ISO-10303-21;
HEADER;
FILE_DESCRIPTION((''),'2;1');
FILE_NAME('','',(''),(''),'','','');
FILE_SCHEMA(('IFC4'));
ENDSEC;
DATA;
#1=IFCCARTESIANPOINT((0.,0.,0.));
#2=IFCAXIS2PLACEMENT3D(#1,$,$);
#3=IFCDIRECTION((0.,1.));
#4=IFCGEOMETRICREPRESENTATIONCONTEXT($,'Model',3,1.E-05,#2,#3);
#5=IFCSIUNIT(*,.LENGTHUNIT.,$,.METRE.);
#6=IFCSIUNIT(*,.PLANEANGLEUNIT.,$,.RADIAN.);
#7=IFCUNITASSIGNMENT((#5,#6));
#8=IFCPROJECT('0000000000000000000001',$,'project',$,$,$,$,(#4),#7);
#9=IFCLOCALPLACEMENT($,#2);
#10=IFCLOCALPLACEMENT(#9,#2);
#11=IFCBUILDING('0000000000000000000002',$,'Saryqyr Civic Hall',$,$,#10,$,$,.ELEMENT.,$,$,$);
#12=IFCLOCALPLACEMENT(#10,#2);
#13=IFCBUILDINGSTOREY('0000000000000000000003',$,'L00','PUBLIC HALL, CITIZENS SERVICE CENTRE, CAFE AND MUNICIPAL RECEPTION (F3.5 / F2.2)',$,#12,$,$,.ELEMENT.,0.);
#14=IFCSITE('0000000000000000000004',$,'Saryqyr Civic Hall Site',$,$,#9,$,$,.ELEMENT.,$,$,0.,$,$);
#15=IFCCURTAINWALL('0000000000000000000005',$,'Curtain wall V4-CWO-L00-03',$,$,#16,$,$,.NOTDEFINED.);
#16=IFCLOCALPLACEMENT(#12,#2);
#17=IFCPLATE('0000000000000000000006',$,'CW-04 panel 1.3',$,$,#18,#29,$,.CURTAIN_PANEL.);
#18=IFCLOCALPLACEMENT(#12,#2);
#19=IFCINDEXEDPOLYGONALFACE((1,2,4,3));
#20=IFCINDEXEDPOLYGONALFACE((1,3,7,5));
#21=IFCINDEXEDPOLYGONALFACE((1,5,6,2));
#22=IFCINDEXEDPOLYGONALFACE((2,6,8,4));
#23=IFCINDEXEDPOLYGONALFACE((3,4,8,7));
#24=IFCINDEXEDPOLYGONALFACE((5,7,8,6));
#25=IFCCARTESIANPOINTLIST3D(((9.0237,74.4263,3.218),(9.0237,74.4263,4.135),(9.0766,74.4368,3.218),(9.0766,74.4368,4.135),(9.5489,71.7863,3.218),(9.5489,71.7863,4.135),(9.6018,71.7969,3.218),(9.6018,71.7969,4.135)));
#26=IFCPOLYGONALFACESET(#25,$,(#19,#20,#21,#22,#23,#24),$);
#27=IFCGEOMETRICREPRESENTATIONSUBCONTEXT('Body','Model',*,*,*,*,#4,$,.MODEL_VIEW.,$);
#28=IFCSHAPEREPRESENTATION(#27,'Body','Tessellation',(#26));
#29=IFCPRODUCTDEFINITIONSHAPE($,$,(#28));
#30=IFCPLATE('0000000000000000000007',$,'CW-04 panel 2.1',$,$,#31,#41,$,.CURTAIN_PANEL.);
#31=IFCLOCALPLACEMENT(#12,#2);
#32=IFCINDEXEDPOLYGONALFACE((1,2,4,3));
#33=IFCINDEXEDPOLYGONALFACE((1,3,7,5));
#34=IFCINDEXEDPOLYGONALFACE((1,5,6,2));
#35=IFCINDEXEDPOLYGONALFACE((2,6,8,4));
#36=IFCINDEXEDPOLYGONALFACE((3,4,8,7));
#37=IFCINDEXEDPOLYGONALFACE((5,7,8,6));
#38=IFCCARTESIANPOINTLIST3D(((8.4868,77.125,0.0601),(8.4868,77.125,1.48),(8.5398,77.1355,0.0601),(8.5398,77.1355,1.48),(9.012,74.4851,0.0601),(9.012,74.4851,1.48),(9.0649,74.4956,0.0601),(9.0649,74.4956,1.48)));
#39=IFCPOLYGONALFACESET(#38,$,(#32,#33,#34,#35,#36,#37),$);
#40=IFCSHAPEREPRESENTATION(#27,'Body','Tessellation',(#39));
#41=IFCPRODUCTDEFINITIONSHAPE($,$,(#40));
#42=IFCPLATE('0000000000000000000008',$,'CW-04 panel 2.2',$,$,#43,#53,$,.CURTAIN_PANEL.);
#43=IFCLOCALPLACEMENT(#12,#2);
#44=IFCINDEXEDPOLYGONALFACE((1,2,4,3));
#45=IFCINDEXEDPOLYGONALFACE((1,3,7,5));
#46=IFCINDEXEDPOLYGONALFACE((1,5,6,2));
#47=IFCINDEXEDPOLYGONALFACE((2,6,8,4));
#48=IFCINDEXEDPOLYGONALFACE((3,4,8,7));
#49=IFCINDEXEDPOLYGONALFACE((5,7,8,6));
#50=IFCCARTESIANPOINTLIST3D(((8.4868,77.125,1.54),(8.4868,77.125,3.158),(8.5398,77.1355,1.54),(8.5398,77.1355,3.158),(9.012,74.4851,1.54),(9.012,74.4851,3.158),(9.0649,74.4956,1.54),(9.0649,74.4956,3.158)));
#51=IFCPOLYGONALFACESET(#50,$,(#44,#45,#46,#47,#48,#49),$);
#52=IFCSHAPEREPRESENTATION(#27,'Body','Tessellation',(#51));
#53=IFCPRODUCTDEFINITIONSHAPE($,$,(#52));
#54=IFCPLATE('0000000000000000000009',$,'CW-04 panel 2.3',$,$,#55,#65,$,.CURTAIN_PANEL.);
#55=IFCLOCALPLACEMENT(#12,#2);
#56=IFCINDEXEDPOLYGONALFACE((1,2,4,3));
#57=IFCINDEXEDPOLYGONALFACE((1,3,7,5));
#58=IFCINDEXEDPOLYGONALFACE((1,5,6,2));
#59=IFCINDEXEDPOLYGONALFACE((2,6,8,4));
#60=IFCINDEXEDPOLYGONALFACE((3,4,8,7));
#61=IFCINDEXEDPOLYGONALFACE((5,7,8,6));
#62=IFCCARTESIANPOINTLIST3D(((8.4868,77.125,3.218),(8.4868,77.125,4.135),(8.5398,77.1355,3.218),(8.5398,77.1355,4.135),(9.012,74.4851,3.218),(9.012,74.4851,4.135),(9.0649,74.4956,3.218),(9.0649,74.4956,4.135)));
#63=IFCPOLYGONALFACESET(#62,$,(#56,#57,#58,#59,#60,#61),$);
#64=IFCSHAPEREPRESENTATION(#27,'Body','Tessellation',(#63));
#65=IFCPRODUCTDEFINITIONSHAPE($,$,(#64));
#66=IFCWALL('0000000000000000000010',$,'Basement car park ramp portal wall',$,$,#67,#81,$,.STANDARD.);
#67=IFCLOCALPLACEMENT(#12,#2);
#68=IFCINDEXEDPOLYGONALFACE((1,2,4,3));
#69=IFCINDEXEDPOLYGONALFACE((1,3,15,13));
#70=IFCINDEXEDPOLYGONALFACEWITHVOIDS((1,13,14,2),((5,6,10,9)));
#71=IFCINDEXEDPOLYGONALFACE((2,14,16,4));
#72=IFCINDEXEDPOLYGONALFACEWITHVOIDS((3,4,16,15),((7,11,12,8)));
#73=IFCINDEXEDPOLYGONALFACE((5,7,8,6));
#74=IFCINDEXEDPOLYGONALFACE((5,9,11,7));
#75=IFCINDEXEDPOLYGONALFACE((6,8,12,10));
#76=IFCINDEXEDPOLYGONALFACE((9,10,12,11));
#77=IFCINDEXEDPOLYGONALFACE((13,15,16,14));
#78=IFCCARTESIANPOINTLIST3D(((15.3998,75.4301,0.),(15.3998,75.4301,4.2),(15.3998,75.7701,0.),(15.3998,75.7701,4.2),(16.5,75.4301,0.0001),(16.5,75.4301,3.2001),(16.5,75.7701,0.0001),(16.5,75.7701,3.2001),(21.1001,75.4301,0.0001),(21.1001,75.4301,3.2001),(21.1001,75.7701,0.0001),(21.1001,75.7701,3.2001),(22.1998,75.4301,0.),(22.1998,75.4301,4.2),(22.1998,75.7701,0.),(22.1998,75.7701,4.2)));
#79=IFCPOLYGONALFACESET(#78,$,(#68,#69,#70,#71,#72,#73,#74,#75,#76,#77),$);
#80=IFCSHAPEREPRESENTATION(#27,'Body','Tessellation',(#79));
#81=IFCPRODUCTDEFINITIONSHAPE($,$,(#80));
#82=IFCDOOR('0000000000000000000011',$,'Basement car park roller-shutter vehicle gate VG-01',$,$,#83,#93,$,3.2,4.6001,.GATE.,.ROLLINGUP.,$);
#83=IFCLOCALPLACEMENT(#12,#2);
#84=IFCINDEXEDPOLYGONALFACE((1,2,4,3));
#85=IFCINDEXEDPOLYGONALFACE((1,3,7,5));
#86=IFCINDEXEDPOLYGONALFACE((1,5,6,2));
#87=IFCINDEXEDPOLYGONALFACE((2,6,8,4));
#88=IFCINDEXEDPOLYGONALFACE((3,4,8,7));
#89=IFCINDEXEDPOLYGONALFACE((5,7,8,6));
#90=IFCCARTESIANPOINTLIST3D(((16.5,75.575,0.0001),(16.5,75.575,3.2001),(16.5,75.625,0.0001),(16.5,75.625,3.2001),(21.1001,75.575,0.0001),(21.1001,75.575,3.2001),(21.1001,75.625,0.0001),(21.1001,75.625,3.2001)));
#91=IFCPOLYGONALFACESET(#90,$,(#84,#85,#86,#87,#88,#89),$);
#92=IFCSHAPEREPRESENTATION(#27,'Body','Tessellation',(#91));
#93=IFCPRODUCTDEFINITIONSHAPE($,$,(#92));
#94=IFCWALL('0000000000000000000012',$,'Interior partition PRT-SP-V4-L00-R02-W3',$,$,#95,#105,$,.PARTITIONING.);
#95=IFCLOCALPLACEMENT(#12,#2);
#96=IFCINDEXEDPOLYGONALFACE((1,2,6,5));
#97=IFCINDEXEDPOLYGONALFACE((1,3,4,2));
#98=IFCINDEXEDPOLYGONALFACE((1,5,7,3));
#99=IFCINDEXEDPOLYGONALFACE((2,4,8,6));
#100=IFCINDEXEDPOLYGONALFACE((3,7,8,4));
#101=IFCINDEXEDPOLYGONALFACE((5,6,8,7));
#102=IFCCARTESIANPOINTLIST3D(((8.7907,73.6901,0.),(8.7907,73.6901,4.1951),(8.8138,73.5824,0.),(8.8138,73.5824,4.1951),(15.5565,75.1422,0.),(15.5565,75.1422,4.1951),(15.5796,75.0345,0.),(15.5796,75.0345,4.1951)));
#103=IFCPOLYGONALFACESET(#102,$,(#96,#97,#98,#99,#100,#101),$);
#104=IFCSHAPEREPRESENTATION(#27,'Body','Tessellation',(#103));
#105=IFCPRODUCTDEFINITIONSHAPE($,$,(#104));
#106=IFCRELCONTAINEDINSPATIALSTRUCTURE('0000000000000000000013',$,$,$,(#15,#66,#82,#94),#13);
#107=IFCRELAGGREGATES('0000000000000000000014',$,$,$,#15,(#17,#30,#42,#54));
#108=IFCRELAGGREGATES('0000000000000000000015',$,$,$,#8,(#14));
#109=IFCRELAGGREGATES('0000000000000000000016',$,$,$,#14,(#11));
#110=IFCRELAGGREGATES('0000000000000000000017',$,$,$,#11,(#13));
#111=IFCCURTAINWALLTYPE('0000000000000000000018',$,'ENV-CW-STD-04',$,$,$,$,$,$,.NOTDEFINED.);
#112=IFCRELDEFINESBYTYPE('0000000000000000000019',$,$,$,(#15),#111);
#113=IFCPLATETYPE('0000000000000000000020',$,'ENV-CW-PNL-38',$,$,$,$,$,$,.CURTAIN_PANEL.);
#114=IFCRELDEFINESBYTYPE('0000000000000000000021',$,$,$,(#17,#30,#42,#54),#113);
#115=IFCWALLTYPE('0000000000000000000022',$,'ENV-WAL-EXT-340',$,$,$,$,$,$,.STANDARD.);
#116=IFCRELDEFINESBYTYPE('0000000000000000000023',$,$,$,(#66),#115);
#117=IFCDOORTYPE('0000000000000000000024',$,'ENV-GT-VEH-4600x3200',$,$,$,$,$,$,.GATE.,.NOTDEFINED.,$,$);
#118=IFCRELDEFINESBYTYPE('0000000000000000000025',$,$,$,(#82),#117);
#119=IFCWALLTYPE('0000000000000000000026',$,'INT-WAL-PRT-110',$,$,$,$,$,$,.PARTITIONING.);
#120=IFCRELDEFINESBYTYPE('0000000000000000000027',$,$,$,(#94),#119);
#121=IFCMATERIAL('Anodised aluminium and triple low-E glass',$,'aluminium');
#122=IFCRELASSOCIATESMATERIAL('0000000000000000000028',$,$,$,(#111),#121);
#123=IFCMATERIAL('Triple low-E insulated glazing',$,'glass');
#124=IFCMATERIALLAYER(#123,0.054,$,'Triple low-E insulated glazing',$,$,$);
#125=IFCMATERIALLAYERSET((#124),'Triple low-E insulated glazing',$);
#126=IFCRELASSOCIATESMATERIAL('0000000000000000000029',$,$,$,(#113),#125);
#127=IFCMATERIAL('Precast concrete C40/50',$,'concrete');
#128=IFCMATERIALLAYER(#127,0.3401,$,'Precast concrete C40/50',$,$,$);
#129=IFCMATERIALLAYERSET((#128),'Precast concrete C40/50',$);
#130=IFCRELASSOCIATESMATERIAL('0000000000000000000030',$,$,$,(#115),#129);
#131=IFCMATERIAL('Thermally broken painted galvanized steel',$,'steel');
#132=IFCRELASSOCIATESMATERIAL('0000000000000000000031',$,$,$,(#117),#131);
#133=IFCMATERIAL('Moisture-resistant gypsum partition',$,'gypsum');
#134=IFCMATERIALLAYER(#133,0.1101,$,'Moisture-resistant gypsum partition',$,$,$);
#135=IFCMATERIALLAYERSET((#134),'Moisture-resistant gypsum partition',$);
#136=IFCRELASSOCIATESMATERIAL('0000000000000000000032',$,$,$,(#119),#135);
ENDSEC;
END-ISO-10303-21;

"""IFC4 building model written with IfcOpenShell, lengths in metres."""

from ifc_helpers import new_model, si_unit, direction, frame, frame_2d, origin, origin_2d, place, context, subcontext, project, spatial, rectangle, extrude, material, layer, layer_set, type_object, element, fill, aggregate, save


model = new_model("IFC4")

# Units and contexts
model_context = context("Model", 3, precision=1e-05, world=origin(), true_north=direction((0.0, 1.0)))
body_context = subcontext(model_context, "Body", "Model", "MODEL_VIEW")
ifc_project = project(units=[si_unit("LENGTHUNIT", "METRE"), si_unit("PLANEANGLEUNIT", "RADIAN")], contexts=[model_context])

# Site, building, storey
site_placement = place(None, origin())
site = spatial("IfcSite", under=ifc_project, at=site_placement, Name="Saryqyr Civic Hall Site", CompositionType="ELEMENT", RefElevation=0.0)
building_placement = place(site_placement, origin())
building = spatial("IfcBuilding", under=site, at=building_placement, Name="Saryqyr Civic Hall", CompositionType="ELEMENT")
storey_placement = place(building_placement, origin())
storey = spatial("IfcBuildingStorey", under=building, at=storey_placement, Name="L00", Description="PUBLIC HALL, CITIZENS SERVICE CENTRE, CAFE AND MUNICIPAL RECEPTION (F3.5 / F2.2)", CompositionType="ELEMENT", Elevation=0.0)

# Curtain wall, plates
ifc_material_1 = material(Name="Anodised aluminium and triple low-E glass", Category="aluminium")
curtain_wall_type = type_object("IfcCurtainWallType", Name="ENV-CW-STD-04", PredefinedType="NOTDEFINED", material=ifc_material_1)
curtain_wall_placement = place(storey_placement, origin())
curtain_wall = element("IfcCurtainWall", 1, at=curtain_wall_placement, inside=storey, type_object=curtain_wall_type, Name="Curtain wall V4-CWO-L00-03", PredefinedType="NOTDEFINED")
ifc_material_2 = material(Name="Triple low-E insulated glazing", Category="glass")
ifc_layer_1 = layer(ifc_material_2, 0.054, Name="Triple low-E insulated glazing")
ifc_layer_set_1 = layer_set([ifc_layer_1], Name="Triple low-E insulated glazing")
plate_type = type_object("IfcPlateType", Name="ENV-CW-PNL-38", PredefinedType="CURTAIN_PANEL", material=ifc_layer_set_1)
plate_1_placement = place(storey_placement, frame((9.3127, 73.1116, 3.218), z_axis=(0.0, 0.0, 1.0), x_axis=(-0.195103, 0.980783, 0.0)))
plate_1 = element("IfcPlate", 2, at=plate_1_placement, type_object=plate_type, Name="CW-04 panel 1.3", PredefinedType="CURTAIN_PANEL", context=body_context, shape_type="SweptSolid", body=[
    extrude(rectangle(XDim=2.6917, YDim=0.054, at=origin_2d()), origin(), (0.0, 0.0, 1.0), 0.917),
])
plate_2_placement = place(storey_placement, frame((8.7759, 75.8103, 0.0601), z_axis=(0.0, 0.0, 1.0), x_axis=(-0.195103, 0.980783, 0.0)))
plate_2 = element("IfcPlate", 3, at=plate_2_placement, type_object=plate_type, Name="CW-04 panel 2.1", PredefinedType="CURTAIN_PANEL", context=body_context, shape_type="SweptSolid", body=[
    extrude(rectangle(XDim=2.6917, YDim=0.054, at=origin_2d()), origin(), (0.0, 0.0, 1.0), 1.4199),
])
plate_3_placement = place(storey_placement, frame((8.7759, 75.8103, 1.54), z_axis=(0.0, 0.0, 1.0), x_axis=(-0.195103, 0.980783, 0.0)))
plate_3 = element("IfcPlate", 4, at=plate_3_placement, type_object=plate_type, Name="CW-04 panel 2.2", PredefinedType="CURTAIN_PANEL", context=body_context, shape_type="SweptSolid", body=[
    extrude(rectangle(XDim=2.6917, YDim=0.054, at=origin_2d()), origin(), (0.0, 0.0, 1.0), 1.6179),
])
plate_4_placement = place(storey_placement, frame((8.7759, 75.8103, 3.218), z_axis=(0.0, 0.0, 1.0), x_axis=(-0.195103, 0.980783, 0.0)))
plate_4 = element("IfcPlate", 5, at=plate_4_placement, type_object=plate_type, Name="CW-04 panel 2.3", PredefinedType="CURTAIN_PANEL", context=body_context, shape_type="SweptSolid", body=[
    extrude(rectangle(XDim=2.6917, YDim=0.054, at=origin_2d()), origin(), (0.0, 0.0, 1.0), 0.917),
])
aggregate(curtain_wall, [plate_1, plate_2, plate_3, plate_4])

# Wall, opening, door
ifc_material_3 = material(Name="Precast concrete C40/50", Category="concrete")
ifc_layer_2 = layer(ifc_material_3, 0.3401, Name="Precast concrete C40/50")
ifc_layer_set_2 = layer_set([ifc_layer_2], Name="Precast concrete C40/50")
wall_type_1 = type_object("IfcWallType", Name="ENV-WAL-EXT-340", PredefinedType="STANDARD", material=ifc_layer_set_2)
wall_1_placement = place(storey_placement, frame((15.3999, 75.6001, 0.0), z_axis=(0.0, 0.0, 1.0), x_axis=(1.0, 0.0, 0.0)))
wall_1 = element("IfcWall", 6, at=wall_1_placement, inside=storey, type_object=wall_type_1, Name="Basement car park ramp portal wall", PredefinedType="STANDARD", context=body_context, shape_type="SweptSolid", body=[
    extrude(rectangle(XDim=6.8, YDim=0.3401, at=frame_2d((3.3999, 0.0))), origin(), (0.0, 0.0, 1.0), 4.2),
])
opening_placement = place(wall_1_placement, frame((1.1001, 0.0, 0.0)))
opening = element("IfcOpeningElement", 7, at=opening_placement, cuts=wall_1, PredefinedType="OPENING", context=body_context, shape_type="SweptSolid", body=[
    extrude(rectangle(XDim=4.6001, YDim=3.2, at=frame_2d((2.3, 1.6001))), frame((0.0, 0.1799, 0.0), z_axis=(0.0, -1.0, 0.0), x_axis=(1.0, 0.0, 0.0)), (0.0, 0.0, 1.0), 0.3601),
])
ifc_material_4 = material(Name="Thermally broken painted galvanized steel", Category="steel")
door_type = type_object("IfcDoorType", Name="ENV-GT-VEH-4600x3200", OperationType="NOTDEFINED", PredefinedType="GATE", material=ifc_material_4)
door_placement = place(opening_placement, origin())
door = element("IfcDoor", 8, at=door_placement, inside=storey, type_object=door_type, Name="Basement car park roller-shutter vehicle gate VG-01", OperationType="ROLLINGUP", OverallHeight=3.2, OverallWidth=4.6001, PredefinedType="GATE", context=body_context, shape_type="SweptSolid", body=[
    extrude(rectangle(XDim=4.6001, YDim=3.2, at=frame_2d((2.3, 1.6001))), frame((0.0, 0.0249, 0.0), z_axis=(0.0, -1.0, 0.0), x_axis=(1.0, 0.0, 0.0)), (0.0, 0.0, 1.0), 0.05),
])
fill(opening, door)

# Wall
ifc_material_5 = material(Name="Moisture-resistant gypsum partition", Category="gypsum")
ifc_layer_3 = layer(ifc_material_5, 0.1101, Name="Moisture-resistant gypsum partition")
ifc_layer_set_3 = layer_set([ifc_layer_3], Name="Moisture-resistant gypsum partition")
wall_type_2 = type_object("IfcWallType", Name="INT-WAL-PRT-110", PredefinedType="PARTITIONING", material=ifc_layer_set_3)
wall_2_placement = place(storey_placement, frame((8.8022, 73.6362, 0.0), z_axis=(0.0, 0.0, 1.0), x_axis=(0.977734, 0.20985, 0.0)))
element("IfcWall", 9, at=wall_2_placement, inside=storey, type_object=wall_type_2, Name="Interior partition PRT-SP-V4-L00-R02-W3", PredefinedType="PARTITIONING", context=body_context, shape_type="SweptSolid", body=[
    extrude(rectangle(XDim=6.9199, YDim=0.1101, at=frame_2d((3.46, 0.0))), origin(), (0.0, 0.0, 1.0), 4.1951),
])

save(model, "model.ifc")
